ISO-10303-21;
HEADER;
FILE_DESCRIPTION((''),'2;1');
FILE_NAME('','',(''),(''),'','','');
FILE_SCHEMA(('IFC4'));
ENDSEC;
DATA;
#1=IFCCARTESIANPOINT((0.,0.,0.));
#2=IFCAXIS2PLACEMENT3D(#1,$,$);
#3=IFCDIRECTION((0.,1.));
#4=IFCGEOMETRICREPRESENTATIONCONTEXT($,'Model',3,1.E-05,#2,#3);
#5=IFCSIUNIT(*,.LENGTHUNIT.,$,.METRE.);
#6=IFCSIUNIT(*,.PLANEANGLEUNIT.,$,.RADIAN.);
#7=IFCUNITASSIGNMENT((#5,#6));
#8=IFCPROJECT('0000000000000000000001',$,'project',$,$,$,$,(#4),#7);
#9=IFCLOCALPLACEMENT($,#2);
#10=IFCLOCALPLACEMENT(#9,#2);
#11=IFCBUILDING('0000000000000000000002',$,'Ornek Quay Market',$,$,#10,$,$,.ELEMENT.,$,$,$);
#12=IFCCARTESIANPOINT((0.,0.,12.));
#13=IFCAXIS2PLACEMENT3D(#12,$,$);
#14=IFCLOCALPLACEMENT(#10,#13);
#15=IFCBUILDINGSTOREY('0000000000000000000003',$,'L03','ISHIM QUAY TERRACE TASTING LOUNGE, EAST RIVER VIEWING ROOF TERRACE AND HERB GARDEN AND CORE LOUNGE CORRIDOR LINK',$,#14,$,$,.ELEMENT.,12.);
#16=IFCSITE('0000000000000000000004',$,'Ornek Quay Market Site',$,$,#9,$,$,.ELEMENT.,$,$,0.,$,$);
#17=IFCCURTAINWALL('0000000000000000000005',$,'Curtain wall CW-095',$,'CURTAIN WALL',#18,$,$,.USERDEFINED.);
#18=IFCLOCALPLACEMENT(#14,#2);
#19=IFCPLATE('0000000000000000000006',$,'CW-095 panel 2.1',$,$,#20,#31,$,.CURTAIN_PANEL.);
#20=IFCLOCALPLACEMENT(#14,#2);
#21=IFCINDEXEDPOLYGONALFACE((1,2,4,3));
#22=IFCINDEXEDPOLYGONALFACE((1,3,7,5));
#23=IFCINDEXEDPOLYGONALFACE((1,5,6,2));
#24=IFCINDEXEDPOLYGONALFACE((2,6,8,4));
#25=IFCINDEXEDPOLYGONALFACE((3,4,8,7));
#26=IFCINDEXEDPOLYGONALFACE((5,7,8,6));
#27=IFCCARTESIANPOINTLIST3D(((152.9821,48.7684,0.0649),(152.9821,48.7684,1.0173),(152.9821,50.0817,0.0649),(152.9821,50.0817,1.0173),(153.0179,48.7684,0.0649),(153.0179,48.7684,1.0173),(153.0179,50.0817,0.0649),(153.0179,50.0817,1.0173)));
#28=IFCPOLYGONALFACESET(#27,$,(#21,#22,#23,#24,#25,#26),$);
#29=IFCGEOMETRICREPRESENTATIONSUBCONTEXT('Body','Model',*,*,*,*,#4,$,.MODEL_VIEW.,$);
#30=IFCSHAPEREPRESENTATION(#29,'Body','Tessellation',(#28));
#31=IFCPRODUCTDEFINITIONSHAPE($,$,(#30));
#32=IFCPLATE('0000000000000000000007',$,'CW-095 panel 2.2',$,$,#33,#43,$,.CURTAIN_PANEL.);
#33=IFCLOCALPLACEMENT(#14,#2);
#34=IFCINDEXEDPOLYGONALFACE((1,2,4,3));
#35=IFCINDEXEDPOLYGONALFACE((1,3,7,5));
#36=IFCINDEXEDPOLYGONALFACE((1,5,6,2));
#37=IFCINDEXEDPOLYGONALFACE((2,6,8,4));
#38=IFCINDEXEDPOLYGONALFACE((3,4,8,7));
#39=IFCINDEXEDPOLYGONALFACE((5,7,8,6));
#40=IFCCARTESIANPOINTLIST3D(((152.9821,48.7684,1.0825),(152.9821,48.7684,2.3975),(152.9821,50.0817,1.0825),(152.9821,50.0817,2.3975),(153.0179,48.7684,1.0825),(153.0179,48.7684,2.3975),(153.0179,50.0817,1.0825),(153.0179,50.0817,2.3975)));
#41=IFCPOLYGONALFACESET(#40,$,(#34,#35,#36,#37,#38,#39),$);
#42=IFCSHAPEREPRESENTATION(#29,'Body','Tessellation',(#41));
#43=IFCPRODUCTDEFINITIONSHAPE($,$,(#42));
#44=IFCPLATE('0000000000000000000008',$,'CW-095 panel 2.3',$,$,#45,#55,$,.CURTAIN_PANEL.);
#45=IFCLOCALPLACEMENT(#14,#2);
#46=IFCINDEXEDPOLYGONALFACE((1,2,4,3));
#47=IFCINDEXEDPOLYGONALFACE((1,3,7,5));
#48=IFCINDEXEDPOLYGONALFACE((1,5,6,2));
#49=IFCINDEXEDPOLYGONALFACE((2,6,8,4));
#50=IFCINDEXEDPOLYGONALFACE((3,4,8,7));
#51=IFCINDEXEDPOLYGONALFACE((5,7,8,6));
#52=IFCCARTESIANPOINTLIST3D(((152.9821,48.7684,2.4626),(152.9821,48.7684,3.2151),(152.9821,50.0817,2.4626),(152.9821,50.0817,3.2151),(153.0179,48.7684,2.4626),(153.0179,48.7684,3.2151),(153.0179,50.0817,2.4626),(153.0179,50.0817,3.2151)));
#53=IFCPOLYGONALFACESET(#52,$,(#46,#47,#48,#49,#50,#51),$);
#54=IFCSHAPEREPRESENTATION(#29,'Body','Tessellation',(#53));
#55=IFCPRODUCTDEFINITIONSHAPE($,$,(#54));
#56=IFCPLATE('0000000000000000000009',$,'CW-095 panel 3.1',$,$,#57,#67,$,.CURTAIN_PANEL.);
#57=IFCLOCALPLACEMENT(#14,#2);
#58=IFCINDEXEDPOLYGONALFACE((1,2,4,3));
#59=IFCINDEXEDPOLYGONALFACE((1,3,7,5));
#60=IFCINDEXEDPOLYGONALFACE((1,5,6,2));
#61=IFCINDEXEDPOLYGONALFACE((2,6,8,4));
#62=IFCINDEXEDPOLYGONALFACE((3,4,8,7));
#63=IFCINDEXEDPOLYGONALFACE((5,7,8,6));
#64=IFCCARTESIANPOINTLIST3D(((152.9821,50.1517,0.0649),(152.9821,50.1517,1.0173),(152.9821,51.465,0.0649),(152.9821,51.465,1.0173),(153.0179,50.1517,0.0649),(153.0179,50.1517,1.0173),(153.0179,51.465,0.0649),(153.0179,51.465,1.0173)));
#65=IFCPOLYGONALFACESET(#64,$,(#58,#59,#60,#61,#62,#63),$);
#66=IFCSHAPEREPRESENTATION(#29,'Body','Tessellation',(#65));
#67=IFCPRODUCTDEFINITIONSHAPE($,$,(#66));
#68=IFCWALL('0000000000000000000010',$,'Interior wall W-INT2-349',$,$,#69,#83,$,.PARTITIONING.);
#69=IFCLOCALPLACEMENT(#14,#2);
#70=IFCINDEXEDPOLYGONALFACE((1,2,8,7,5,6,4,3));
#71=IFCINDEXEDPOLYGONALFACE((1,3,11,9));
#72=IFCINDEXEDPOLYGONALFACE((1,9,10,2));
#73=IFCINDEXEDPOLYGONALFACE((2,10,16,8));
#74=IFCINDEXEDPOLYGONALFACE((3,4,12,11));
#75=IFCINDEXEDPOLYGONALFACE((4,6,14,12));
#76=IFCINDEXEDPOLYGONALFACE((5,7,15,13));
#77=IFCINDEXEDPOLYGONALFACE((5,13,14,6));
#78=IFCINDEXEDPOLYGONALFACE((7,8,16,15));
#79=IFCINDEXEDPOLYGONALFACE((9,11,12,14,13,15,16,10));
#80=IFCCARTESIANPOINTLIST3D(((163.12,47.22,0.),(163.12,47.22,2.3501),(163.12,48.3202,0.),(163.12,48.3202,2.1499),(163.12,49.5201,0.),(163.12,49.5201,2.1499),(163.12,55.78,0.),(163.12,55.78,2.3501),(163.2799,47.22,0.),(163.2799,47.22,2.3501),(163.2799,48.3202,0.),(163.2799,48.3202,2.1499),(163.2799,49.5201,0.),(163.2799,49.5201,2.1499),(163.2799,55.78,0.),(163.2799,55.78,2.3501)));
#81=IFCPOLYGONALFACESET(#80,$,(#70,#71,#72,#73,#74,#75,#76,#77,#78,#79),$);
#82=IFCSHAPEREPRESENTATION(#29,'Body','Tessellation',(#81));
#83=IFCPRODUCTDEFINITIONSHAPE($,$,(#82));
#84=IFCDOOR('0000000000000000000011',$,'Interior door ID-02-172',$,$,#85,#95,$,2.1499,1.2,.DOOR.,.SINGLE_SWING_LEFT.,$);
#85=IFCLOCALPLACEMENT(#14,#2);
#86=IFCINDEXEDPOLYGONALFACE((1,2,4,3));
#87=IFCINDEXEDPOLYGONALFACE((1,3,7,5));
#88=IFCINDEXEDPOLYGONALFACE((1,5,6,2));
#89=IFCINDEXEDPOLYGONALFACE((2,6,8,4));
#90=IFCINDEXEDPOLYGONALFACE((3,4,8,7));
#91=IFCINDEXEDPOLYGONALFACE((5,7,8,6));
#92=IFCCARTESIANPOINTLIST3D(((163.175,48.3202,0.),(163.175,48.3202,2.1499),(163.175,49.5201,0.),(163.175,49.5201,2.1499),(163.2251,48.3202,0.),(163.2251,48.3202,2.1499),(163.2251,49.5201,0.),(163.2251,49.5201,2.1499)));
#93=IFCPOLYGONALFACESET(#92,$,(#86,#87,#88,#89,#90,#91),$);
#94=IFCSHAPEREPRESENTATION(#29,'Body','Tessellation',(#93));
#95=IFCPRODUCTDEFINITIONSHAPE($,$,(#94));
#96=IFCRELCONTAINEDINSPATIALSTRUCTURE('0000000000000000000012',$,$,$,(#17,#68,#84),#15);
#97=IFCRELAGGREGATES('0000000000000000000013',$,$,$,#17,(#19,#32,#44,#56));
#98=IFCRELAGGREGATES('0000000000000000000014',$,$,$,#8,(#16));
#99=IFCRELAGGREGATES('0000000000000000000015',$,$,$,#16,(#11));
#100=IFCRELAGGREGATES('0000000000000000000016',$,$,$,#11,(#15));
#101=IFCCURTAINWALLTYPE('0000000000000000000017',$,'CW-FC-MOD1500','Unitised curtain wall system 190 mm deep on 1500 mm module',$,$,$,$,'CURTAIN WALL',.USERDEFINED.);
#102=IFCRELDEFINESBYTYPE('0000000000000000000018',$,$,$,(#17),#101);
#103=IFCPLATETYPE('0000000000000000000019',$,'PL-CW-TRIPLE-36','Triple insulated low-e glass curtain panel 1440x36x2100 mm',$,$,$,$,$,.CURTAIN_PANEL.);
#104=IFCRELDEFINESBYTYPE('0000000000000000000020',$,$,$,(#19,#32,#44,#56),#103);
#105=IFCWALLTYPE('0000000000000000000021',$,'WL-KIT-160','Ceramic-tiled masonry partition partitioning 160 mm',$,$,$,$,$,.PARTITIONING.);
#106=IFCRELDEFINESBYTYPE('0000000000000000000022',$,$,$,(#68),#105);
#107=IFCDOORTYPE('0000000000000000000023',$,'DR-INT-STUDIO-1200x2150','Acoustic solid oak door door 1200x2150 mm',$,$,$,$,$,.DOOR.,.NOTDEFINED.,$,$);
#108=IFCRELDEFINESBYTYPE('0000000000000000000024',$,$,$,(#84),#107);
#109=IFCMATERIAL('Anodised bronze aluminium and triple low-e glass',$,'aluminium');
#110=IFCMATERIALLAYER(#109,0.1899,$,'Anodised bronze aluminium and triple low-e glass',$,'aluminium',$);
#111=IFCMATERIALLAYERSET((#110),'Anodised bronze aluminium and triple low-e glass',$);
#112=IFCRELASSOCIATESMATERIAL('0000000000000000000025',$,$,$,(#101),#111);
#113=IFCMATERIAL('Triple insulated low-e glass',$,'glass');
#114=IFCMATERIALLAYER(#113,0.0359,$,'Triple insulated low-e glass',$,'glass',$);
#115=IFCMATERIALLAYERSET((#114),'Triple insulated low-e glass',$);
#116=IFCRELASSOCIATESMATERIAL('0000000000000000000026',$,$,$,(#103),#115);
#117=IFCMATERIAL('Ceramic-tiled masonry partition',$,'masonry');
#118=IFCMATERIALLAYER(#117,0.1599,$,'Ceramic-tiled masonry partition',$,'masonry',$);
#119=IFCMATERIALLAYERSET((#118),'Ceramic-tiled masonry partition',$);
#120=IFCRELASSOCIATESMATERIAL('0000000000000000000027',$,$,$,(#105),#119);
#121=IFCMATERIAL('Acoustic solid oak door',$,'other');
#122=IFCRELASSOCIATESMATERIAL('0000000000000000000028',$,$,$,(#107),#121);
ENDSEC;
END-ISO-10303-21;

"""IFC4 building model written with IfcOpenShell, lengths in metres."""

from ifc_helpers import new_model, si_unit, direction, frame, frame_2d, origin, origin_2d, place, context, subcontext, project, spatial, rectangle, extrude, material, layer, layer_set, type_object, element, fill, aggregate, save


model = new_model("IFC4")

# Units and contexts
model_context = context("Model", 3, precision=1e-05, world=origin(), true_north=direction((0.0, 1.0)))
body_context = subcontext(model_context, "Body", "Model", "MODEL_VIEW")
ifc_project = project(units=[si_unit("LENGTHUNIT", "METRE"), si_unit("PLANEANGLEUNIT", "RADIAN")], contexts=[model_context])

# Site, building, storey
site_placement = place(None, origin())
site = spatial("IfcSite", under=ifc_project, at=site_placement, Name="Ornek Quay Market Site", CompositionType="ELEMENT", RefElevation=0.0)
building_placement = place(site_placement, origin())
building = spatial("IfcBuilding", under=site, at=building_placement, Name="Ornek Quay Market", CompositionType="ELEMENT")
storey_placement = place(building_placement, frame((0.0, 0.0, 12.0)))
storey = spatial("IfcBuildingStorey", under=building, at=storey_placement, Name="L03", Description="ISHIM QUAY TERRACE TASTING LOUNGE, EAST RIVER VIEWING ROOF TERRACE AND HERB GARDEN AND CORE LOUNGE CORRIDOR LINK", CompositionType="ELEMENT", Elevation=12.0)

# Shared definitions
ifc_material_1 = material(Name="Anodised bronze aluminium and triple low-e glass", Category="aluminium")

# Curtain wall
ifc_layer_1 = layer(ifc_material_1, 0.1899, Name="Anodised bronze aluminium and triple low-e glass", Category="aluminium")
ifc_layer_set_1 = layer_set([ifc_layer_1], Name="Anodised bronze aluminium and triple low-e glass")
curtain_wall_type_1 = type_object("IfcCurtainWallType", Name="CW-FC-MOD1500", Description="Unitised curtain wall system 190 mm deep on 1500 mm module", ElementType="CURTAIN WALL", PredefinedType="USERDEFINED", material=ifc_layer_set_1)
curtain_wall_1_placement = place(storey_placement, origin())
curtain_wall_1 = element("IfcCurtainWall", 1, at=curtain_wall_1_placement, inside=storey, type_object=curtain_wall_type_1, Name="Curtain wall CW-095", ObjectType="CURTAIN WALL", PredefinedType="USERDEFINED")

# Plates
ifc_material_2 = material(Name="Triple insulated low-e glass", Category="glass")
ifc_layer_2 = layer(ifc_material_2, 0.0359, Name="Triple insulated low-e glass", Category="glass")
ifc_layer_set_2 = layer_set([ifc_layer_2], Name="Triple insulated low-e glass")
plate_type_1 = type_object("IfcPlateType", Name="PL-CW-TRIPLE-36", Description="Triple insulated low-e glass curtain panel 1440x36x2100 mm", PredefinedType="CURTAIN_PANEL", material=ifc_layer_set_2)
plate_1_placement = place(storey_placement, frame((153.0, 49.425, 0.0649), z_axis=(0.0, 0.0, 1.0), x_axis=(0.0, 1.0, 0.0)))
plate_1 = element("IfcPlate", 2, at=plate_1_placement, type_object=plate_type_1, Name="CW-095 panel 2.1", PredefinedType="CURTAIN_PANEL", context=body_context, shape_type="SweptSolid", body=[
    extrude(rectangle(XDim=1.3132, YDim=0.0359, at=origin_2d()), origin(), (0.0, 0.0, 1.0), 0.9524),
])
plate_2_placement = place(storey_placement, frame((153.0, 49.425, 1.0825), z_axis=(0.0, 0.0, 1.0), x_axis=(0.0, 1.0, 0.0)))
plate_2 = element("IfcPlate", 3, at=plate_2_placement, type_object=plate_type_1, Name="CW-095 panel 2.2", PredefinedType="CURTAIN_PANEL", context=body_context, shape_type="SweptSolid", body=[
    extrude(rectangle(XDim=1.3132, YDim=0.0359, at=origin_2d()), origin(), (0.0, 0.0, 1.0), 1.3149),
])
plate_3_placement = place(storey_placement, frame((153.0, 49.425, 2.4626), z_axis=(0.0, 0.0, 1.0), x_axis=(0.0, 1.0, 0.0)))
plate_3 = element("IfcPlate", 4, at=plate_3_placement, type_object=plate_type_1, Name="CW-095 panel 2.3", PredefinedType="CURTAIN_PANEL", context=body_context, shape_type="SweptSolid", body=[
    extrude(rectangle(XDim=1.3132, YDim=0.0359, at=origin_2d()), origin(), (0.0, 0.0, 1.0), 0.7524),
])
plate_4_placement = place(storey_placement, frame((153.0, 50.8083, 0.0649), z_axis=(0.0, 0.0, 1.0), x_axis=(0.0, 1.0, 0.0)))
plate_4 = element("IfcPlate", 5, at=plate_4_placement, type_object=plate_type_1, Name="CW-095 panel 3.1", PredefinedType="CURTAIN_PANEL", context=body_context, shape_type="SweptSolid", body=[
    extrude(rectangle(XDim=1.3132, YDim=0.0359, at=origin_2d()), origin(), (0.0, 0.0, 1.0), 0.9524),
])
aggregate(curtain_wall_1, [plate_1, plate_2, plate_3, plate_4])

# Shared definitions
ifc_material_3 = material(Name="Ceramic-tiled masonry partition", Category="masonry")
ifc_layer_3 = layer(ifc_material_3, 0.1599, Name="Ceramic-tiled masonry partition", Category="masonry")
ifc_layer_set_3 = layer_set([ifc_layer_3], Name="Ceramic-tiled masonry partition")
wall_type = type_object("IfcWallType", Name="WL-KIT-160", Description="Ceramic-tiled masonry partition partitioning 160 mm", PredefinedType="PARTITIONING", material=ifc_layer_set_3)
ifc_material_4 = material(Name="Acoustic solid oak door", Category="other")
door_type = type_object("IfcDoorType", Name="DR-INT-STUDIO-1200x2150", Description="Acoustic solid oak door door 1200x2150 mm", OperationType="NOTDEFINED", PredefinedType="DOOR", material=ifc_material_4)

# Wall, opening, door
wall_1_placement = place(storey_placement, frame((163.2, 47.22, 0.0), z_axis=(0.0, 0.0, 1.0), x_axis=(0.0, 1.0, 0.0)))
wall_1 = element("IfcWall", 6, at=wall_1_placement, inside=storey, type_object=wall_type, Name="Interior wall W-INT2-349", PredefinedType="PARTITIONING", context=body_context, shape_type="SweptSolid", body=[
    extrude(rectangle(XDim=8.5601, YDim=0.1599, at=frame_2d((4.28, 0.0))), origin(), (0.0, 0.0, 1.0), 2.3501),
])
opening_1_placement = place(wall_1_placement, frame((1.1001, 0.0, 0.0)))
opening_1 = element("IfcOpeningElement", 7, at=opening_1_placement, cuts=wall_1, PredefinedType="OPENING", context=body_context, shape_type="SweptSolid", body=[
    extrude(rectangle(XDim=1.2, YDim=2.1499, at=frame_2d((0.6001, 1.075))), frame((0.0, 0.0898, 0.0), z_axis=(0.0, -1.0, 0.0), x_axis=(1.0, 0.0, 0.0)), (0.0, 0.0, 1.0), 0.1799),
])
door_1_placement = place(opening_1_placement, origin())
door_1 = element("IfcDoor", 8, at=door_1_placement, inside=storey, type_object=door_type, Name="Interior door ID-02-172", OperationType="SINGLE_SWING_LEFT", OverallHeight=2.1499, OverallWidth=1.2, PredefinedType="DOOR", context=body_context, shape_type="SweptSolid", body=[
    extrude(rectangle(XDim=1.2, YDim=2.1499, at=frame_2d((0.6001, 1.075))), frame((0.0, 0.0249, 0.0), z_axis=(0.0, -1.0, 0.0), x_axis=(1.0, 0.0, 0.0)), (0.0, 0.0, 1.0), 0.05),
])
fill(opening_1, door_1)

save(model, "model.ifc")
